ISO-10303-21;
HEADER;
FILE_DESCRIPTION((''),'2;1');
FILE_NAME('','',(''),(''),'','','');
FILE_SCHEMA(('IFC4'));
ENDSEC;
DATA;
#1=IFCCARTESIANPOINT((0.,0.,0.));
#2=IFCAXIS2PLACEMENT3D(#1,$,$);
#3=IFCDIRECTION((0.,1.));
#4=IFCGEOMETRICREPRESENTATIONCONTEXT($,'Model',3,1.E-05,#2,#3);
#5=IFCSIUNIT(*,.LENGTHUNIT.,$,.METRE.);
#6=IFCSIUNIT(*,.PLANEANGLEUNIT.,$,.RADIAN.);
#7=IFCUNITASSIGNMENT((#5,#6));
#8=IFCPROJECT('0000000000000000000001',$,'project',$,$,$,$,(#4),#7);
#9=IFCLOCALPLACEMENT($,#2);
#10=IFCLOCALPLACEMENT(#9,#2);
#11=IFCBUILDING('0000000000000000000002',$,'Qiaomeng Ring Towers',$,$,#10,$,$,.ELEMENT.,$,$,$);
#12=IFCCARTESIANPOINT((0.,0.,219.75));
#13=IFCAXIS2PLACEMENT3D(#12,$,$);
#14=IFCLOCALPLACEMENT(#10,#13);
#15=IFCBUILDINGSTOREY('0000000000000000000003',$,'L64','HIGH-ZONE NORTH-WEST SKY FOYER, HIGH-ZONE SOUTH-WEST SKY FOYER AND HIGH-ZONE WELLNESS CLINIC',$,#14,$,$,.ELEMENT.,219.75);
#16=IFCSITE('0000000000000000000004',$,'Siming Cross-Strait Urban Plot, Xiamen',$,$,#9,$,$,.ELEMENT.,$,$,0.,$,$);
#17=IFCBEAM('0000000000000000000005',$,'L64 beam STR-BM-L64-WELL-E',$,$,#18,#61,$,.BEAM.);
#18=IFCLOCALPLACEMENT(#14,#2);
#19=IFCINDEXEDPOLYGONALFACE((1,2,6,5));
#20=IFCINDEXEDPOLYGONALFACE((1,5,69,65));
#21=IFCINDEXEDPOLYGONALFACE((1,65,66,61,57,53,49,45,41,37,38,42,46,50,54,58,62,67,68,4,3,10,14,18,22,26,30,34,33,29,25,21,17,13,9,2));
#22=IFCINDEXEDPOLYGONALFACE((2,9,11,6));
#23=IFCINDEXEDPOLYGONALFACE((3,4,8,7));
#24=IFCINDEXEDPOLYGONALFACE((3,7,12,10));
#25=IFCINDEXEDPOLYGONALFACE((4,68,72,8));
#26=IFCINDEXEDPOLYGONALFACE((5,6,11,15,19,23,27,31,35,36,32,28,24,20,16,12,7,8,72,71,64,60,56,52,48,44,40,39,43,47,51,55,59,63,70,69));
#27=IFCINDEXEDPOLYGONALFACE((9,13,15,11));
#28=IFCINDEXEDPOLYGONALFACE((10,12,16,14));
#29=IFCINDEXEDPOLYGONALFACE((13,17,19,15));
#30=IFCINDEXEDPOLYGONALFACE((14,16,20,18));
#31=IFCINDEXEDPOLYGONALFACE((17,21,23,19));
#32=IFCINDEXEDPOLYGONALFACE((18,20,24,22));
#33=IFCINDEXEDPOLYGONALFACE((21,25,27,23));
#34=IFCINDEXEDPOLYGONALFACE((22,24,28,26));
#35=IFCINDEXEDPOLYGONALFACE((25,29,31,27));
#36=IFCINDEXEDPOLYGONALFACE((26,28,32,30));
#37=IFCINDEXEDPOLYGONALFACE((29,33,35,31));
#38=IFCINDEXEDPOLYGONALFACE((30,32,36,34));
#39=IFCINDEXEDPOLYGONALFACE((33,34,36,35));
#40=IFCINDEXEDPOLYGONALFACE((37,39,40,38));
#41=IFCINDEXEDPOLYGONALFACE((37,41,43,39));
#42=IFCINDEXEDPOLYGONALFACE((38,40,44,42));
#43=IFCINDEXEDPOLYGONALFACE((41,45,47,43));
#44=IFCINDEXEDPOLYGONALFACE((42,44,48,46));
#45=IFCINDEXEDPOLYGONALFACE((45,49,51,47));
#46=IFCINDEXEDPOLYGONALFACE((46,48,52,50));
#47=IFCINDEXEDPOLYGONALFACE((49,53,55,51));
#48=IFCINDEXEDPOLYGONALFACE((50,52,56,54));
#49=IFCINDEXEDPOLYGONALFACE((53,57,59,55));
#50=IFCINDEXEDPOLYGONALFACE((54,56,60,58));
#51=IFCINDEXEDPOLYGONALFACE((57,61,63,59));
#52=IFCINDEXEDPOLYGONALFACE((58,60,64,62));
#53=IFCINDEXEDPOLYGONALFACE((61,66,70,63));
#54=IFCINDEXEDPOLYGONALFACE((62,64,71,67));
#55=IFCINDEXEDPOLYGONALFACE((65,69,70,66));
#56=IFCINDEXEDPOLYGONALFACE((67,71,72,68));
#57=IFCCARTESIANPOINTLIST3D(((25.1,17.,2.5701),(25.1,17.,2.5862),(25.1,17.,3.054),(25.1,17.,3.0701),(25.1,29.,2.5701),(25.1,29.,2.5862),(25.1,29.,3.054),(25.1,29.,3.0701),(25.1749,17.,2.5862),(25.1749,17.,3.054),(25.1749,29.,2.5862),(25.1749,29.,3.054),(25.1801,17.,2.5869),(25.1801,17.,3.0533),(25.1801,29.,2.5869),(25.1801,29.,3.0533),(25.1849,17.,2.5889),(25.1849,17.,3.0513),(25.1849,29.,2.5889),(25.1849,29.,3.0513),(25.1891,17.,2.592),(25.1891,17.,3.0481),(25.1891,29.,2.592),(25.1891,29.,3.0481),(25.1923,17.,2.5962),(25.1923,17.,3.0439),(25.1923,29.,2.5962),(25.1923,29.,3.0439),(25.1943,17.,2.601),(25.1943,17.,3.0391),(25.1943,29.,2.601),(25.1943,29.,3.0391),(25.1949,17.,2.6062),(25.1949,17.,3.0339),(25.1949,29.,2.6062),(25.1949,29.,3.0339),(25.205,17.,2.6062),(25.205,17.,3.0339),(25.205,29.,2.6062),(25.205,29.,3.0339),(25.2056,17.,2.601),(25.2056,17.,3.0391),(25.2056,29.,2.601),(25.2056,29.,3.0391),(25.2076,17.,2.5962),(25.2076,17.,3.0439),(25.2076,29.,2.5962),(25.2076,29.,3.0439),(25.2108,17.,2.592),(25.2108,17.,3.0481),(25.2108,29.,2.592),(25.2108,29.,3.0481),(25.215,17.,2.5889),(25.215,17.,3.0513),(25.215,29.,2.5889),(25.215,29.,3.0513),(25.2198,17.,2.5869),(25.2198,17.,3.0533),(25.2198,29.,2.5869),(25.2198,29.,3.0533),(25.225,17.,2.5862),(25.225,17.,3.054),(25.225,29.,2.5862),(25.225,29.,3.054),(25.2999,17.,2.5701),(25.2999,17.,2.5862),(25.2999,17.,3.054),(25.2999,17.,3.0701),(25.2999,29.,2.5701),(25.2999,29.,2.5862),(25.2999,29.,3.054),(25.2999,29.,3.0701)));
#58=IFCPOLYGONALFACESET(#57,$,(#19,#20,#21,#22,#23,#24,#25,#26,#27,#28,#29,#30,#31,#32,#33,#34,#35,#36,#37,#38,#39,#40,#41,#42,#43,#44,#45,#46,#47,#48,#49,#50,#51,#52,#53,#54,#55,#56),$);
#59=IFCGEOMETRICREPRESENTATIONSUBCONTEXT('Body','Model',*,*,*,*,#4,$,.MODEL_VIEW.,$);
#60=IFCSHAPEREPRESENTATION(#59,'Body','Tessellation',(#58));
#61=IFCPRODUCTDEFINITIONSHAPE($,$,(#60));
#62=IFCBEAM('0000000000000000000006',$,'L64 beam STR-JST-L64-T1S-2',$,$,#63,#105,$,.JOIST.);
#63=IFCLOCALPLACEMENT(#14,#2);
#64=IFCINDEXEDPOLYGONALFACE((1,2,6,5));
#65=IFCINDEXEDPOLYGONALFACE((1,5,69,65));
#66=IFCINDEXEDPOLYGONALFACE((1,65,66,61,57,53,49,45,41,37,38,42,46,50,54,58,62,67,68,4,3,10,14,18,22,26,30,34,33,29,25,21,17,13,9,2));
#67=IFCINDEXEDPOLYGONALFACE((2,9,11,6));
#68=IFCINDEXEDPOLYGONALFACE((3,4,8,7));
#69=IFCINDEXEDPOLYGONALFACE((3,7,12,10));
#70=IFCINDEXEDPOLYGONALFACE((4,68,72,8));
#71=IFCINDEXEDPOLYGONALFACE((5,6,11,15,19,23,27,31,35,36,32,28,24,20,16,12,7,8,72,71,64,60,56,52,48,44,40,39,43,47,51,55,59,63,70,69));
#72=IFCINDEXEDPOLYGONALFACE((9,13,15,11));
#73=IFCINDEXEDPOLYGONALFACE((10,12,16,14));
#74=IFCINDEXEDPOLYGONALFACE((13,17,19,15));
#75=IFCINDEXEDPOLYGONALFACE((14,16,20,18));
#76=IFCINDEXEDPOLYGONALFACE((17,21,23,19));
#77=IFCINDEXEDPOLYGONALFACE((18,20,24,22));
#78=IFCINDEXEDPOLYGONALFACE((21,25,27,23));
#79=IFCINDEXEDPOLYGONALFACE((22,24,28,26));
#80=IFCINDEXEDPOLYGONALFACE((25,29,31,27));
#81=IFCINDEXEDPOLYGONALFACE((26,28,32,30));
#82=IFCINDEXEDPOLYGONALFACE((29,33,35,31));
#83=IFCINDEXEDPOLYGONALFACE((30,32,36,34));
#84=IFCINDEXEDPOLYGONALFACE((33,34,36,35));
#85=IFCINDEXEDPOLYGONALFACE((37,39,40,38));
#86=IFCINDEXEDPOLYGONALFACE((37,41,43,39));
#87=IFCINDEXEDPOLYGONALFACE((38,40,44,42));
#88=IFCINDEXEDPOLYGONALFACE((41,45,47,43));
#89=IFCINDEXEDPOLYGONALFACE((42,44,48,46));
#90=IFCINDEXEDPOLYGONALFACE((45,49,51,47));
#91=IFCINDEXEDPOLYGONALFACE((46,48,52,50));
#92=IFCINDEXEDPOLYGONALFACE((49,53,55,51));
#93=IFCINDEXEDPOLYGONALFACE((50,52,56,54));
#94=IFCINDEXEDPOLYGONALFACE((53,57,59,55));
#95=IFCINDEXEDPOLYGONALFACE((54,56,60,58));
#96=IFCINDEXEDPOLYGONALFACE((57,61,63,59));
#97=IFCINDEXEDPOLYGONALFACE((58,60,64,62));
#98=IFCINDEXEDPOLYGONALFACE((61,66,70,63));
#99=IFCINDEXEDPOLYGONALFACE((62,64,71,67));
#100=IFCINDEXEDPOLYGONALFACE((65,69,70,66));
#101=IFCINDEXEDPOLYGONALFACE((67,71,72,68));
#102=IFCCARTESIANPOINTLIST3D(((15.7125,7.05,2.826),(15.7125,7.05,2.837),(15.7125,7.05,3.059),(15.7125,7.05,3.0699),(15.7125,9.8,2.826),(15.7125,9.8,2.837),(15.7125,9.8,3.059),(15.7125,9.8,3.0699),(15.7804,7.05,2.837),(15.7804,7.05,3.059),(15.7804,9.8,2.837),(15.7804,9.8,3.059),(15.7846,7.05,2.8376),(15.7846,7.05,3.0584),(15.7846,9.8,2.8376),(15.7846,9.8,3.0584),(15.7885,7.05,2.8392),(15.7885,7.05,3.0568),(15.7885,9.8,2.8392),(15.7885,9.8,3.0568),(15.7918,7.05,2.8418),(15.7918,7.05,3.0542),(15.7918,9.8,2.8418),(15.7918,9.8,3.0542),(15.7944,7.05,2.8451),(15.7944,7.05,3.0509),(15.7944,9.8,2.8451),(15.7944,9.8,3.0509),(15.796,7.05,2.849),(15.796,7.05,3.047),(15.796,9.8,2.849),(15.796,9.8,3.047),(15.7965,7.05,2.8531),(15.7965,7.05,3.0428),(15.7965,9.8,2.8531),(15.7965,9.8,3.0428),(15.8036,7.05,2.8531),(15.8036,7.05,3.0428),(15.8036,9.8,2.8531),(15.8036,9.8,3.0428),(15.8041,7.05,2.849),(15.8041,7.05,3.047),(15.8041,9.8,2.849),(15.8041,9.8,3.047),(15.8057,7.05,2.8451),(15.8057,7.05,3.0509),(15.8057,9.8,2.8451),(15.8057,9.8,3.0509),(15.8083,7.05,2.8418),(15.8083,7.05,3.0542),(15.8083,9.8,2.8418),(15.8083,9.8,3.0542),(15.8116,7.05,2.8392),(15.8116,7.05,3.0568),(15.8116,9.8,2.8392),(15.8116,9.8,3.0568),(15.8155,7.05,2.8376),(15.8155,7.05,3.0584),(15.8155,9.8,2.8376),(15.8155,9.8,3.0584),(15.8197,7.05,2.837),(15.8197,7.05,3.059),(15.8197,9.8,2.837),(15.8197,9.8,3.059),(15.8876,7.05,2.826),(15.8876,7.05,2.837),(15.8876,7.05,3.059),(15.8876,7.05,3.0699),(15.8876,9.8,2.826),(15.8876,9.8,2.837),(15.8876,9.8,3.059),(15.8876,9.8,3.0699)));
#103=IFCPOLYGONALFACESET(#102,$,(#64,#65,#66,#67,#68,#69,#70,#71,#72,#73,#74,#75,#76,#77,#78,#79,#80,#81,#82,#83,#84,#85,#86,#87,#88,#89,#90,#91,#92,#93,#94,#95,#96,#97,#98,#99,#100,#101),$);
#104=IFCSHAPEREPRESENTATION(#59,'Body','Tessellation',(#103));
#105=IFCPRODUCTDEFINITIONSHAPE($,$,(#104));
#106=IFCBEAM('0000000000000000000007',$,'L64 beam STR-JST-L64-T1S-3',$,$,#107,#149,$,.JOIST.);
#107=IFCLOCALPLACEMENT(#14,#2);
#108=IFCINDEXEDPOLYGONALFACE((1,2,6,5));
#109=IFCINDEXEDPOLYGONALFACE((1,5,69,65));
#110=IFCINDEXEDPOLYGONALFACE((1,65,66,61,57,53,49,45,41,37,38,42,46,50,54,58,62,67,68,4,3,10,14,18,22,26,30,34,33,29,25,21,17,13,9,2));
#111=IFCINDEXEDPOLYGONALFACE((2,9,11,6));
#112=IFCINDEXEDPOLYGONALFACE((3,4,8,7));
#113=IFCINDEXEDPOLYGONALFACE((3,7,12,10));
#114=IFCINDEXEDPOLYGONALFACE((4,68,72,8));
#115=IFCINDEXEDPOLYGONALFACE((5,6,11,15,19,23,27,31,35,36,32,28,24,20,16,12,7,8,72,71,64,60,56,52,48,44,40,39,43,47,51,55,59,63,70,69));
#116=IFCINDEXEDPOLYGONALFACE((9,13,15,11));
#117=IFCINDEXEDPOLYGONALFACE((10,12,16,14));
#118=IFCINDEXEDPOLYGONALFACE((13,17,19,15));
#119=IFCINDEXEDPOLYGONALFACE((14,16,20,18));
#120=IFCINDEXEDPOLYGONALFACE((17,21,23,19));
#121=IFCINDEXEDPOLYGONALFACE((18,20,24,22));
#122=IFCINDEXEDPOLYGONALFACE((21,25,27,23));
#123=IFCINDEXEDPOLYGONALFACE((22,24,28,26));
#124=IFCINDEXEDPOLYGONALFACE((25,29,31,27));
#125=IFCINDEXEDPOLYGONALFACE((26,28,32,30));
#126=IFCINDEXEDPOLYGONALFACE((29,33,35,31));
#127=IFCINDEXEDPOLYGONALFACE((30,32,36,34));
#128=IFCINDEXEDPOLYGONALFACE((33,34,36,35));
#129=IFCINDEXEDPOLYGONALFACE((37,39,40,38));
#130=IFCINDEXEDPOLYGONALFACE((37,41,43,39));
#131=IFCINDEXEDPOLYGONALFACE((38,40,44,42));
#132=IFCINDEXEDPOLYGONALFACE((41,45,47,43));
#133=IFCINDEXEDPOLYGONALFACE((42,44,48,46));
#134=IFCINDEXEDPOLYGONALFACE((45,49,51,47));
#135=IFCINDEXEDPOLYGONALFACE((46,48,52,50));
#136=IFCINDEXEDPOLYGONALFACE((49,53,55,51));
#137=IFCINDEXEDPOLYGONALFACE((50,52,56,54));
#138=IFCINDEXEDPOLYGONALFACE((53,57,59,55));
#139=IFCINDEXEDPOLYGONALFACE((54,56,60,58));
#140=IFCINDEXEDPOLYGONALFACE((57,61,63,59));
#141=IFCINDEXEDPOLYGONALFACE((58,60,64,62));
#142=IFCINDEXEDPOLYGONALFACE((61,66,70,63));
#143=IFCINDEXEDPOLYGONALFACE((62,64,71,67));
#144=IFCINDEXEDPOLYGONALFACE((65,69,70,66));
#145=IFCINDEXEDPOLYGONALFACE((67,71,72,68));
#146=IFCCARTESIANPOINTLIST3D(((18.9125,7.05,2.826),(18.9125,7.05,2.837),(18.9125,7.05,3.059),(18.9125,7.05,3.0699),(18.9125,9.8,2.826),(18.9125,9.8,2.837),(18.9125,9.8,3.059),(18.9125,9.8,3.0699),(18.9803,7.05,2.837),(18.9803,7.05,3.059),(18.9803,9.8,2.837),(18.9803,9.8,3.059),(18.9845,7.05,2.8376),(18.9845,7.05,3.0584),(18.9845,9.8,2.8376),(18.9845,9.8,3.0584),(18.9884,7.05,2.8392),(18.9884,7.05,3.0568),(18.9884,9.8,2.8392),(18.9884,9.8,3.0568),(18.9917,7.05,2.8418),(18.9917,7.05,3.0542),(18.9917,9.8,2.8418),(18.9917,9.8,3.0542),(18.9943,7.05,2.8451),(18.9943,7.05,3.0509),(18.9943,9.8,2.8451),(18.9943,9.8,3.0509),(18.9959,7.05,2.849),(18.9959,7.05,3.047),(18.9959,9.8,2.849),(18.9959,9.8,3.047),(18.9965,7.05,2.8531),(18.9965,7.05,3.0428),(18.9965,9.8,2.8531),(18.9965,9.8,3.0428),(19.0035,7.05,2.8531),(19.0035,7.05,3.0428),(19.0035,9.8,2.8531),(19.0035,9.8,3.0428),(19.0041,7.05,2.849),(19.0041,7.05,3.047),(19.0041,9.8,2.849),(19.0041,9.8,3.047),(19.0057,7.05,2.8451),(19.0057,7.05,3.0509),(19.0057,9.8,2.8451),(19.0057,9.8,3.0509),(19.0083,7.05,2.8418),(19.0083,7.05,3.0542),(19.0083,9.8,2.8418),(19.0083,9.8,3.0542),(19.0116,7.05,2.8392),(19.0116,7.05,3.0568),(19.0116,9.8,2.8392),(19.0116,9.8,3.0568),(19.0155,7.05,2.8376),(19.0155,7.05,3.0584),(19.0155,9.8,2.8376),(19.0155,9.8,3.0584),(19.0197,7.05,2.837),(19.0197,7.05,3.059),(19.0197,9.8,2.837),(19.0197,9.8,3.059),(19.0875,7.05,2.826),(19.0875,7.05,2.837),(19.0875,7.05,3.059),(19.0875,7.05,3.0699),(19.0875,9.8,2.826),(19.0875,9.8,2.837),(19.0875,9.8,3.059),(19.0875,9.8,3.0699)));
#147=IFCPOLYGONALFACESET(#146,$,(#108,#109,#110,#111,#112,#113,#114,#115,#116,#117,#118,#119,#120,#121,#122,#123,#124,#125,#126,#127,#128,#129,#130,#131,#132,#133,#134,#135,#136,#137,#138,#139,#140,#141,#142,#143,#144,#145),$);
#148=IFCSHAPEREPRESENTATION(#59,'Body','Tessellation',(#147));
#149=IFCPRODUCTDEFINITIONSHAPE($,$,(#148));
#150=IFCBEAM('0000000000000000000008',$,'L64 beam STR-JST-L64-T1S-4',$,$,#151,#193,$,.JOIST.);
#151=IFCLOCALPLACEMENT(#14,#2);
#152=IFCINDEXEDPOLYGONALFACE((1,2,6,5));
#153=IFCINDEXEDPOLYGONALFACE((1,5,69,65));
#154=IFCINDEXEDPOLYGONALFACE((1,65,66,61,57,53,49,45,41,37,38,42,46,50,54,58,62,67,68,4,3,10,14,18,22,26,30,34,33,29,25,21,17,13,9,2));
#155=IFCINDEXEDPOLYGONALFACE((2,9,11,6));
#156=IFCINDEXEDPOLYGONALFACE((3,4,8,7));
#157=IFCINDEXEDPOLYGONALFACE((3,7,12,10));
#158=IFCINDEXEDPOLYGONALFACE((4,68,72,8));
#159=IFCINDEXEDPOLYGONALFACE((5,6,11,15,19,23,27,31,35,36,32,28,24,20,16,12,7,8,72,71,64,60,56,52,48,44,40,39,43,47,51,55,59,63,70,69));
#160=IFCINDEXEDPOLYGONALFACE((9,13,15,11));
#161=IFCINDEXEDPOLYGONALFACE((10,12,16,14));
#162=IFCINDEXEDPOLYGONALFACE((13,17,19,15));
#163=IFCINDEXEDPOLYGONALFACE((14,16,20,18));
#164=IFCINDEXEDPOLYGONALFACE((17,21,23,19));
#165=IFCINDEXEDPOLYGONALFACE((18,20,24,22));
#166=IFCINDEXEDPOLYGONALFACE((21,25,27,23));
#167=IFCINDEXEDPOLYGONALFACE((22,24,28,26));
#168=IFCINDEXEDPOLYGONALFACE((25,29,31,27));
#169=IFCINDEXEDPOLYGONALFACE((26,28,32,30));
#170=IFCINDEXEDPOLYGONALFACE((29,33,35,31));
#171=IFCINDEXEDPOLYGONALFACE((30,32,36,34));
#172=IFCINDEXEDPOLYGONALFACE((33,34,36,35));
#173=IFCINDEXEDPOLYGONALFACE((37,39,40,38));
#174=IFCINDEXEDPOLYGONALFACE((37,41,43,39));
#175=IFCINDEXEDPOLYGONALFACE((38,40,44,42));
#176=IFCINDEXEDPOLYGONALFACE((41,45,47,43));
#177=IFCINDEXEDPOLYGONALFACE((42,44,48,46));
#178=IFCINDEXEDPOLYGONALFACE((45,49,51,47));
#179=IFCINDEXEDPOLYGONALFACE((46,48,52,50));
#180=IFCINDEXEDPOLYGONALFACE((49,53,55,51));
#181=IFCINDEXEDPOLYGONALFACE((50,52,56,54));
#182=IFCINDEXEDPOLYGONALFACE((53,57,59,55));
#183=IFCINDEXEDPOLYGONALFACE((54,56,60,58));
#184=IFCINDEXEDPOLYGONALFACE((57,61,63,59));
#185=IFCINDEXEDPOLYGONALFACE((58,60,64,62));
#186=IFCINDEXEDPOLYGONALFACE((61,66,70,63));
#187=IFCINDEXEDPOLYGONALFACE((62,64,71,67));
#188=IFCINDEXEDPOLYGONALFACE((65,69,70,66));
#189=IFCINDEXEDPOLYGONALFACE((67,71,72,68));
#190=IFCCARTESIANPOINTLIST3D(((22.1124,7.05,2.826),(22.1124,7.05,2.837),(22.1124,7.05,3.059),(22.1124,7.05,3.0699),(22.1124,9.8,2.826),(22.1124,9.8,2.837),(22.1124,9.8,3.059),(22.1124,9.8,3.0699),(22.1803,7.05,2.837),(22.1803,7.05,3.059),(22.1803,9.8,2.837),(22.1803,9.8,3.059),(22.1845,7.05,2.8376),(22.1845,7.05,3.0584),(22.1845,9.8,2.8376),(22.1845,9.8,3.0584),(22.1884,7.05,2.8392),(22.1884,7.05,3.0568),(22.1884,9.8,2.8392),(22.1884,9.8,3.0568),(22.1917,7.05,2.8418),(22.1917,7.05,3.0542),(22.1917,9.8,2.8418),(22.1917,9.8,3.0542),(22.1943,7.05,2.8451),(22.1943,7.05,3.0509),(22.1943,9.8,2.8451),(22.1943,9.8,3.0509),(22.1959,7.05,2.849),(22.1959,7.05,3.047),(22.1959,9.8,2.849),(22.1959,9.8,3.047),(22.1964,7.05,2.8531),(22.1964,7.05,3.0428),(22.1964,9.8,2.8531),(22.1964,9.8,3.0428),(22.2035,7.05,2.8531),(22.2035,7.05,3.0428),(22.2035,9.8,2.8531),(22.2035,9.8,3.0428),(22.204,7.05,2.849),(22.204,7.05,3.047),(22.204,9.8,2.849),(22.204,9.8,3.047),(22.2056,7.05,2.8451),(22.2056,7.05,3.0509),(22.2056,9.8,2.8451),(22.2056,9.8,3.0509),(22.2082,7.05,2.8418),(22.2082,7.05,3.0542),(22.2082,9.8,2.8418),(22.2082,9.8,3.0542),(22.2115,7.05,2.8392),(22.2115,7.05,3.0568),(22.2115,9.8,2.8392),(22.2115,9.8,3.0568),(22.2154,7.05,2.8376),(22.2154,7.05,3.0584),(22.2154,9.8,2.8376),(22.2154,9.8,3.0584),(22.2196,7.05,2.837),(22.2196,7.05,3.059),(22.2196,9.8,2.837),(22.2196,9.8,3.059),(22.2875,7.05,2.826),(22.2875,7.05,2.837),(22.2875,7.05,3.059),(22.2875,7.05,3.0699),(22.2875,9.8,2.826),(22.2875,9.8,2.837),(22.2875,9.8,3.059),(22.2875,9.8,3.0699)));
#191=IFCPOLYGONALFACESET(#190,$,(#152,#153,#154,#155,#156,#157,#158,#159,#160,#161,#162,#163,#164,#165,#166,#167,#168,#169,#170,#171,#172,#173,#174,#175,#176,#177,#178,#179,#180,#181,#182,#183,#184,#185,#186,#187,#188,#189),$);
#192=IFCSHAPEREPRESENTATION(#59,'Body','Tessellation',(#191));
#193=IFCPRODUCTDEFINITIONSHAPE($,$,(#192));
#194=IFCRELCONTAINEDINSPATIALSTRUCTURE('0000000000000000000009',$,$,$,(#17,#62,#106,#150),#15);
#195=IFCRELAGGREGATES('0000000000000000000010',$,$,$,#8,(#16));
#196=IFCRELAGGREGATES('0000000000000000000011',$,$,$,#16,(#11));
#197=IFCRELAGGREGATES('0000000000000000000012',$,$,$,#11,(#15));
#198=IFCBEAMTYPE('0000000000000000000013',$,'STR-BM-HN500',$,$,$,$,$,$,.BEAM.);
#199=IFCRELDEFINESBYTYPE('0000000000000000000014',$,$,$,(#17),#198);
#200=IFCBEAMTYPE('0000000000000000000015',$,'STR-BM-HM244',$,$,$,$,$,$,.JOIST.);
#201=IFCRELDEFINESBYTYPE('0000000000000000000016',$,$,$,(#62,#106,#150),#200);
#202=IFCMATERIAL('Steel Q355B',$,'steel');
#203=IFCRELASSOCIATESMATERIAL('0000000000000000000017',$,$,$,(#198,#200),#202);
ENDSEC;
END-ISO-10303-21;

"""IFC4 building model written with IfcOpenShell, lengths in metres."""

from ifc_helpers import new_model, si_unit, direction, frame, origin, origin_2d, place, context, subcontext, project, spatial, i_section, extrude, source, transform, mapped, material, material_profile, profile_set, type_object, element, save


model = new_model("IFC4")

# Units and contexts
model_context = context("Model", 3, precision=1e-05, world=origin(), true_north=direction((0.0, 1.0)))
body_context = subcontext(model_context, "Body", "Model", "MODEL_VIEW")
ifc_project = project(units=[si_unit("LENGTHUNIT", "METRE"), si_unit("PLANEANGLEUNIT", "RADIAN")], contexts=[model_context])

# Site, building, storey
site_placement = place(None, origin())
site = spatial("IfcSite", under=ifc_project, at=site_placement, Name="Siming Cross-Strait Urban Plot, Xiamen", CompositionType="ELEMENT", RefElevation=0.0)
building_placement = place(site_placement, origin())
building = spatial("IfcBuilding", under=site, at=building_placement, Name="Qiaomeng Ring Towers", CompositionType="ELEMENT")
storey_placement = place(building_placement, frame((0.0, 0.0, 219.75)))
storey = spatial("IfcBuildingStorey", under=building, at=storey_placement, Name="L64", Description="HIGH-ZONE NORTH-WEST SKY FOYER, HIGH-ZONE SOUTH-WEST SKY FOYER AND HIGH-ZONE WELLNESS CLINIC", CompositionType="ELEMENT", Elevation=219.75)

# Beams
ifc_material_1 = material(Name="Steel Q355B", Category="steel")
ifc_material_profile_1 = material_profile(ifc_material_1, i_section(OverallWidth=0.2, OverallDepth=0.5, WebThickness=0.01, FlangeThickness=0.0161, FilletRadius=0.02, at=origin_2d()), Name="HN 500x200x10x16")
ifc_profile_set_1 = profile_set([ifc_material_profile_1], Name="Steel Q355B")
beam_type_1 = type_object("IfcBeamType", Name="STR-BM-HN500", PredefinedType="BEAM", material=ifc_profile_set_1)
shared_shape_1 = source(origin(), body_context, "Body", "SweptSolid", [
    extrude(i_section(OverallWidth=0.2, OverallDepth=0.5, WebThickness=0.01, FlangeThickness=0.0161, FilletRadius=0.02, at=origin_2d()), origin(), (0.0, 0.0, 1.0), 12.0),
])
beam_1_placement = place(storey_placement, frame((25.2, 17.0, 2.8201), z_axis=(0.0, 1.0, 0.0), x_axis=(-1.0, 0.0, 0.0)))
element("IfcBeam", 1, at=beam_1_placement, inside=storey, type_object=beam_type_1, Name="L64 beam STR-BM-L64-WELL-E", PredefinedType="BEAM", context=body_context, shape_type="MappedRepresentation", body=[
    mapped(shared_shape_1, transform((0.0, 0.0, 0.0), x_axis=(1.0, 0.0, 0.0), y_axis=(0.0, 1.0, 0.0), z_axis=(0.0, 0.0, 1.0), scale=1.0)),
])
ifc_material_profile_2 = material_profile(ifc_material_1, i_section(OverallWidth=0.175, OverallDepth=0.2439, WebThickness=0.0071, FlangeThickness=0.011, FilletRadius=0.0161, at=origin_2d()), Name="HM 244x175x7x11")
ifc_profile_set_2 = profile_set([ifc_material_profile_2], Name="Steel Q355B")
beam_type_2 = type_object("IfcBeamType", Name="STR-BM-HM244", PredefinedType="JOIST", material=ifc_profile_set_2)
shared_shape_2 = source(origin(), body_context, "Body", "SweptSolid", [
    extrude(i_section(OverallWidth=0.175, OverallDepth=0.2439, WebThickness=0.0071, FlangeThickness=0.011, FilletRadius=0.0161, at=origin_2d()), origin(), (0.0, 0.0, 1.0), 2.75),
])
for number, where, z_axis, x_axis, name in (
    (2, (15.8, 7.05, 2.948), (0.0, 1.0, 0.0), (-1.0, 0.0, 0.0), "L64 beam STR-JST-L64-T1S-2"),
    (3, (19.0, 7.05, 2.948), (0.0, 1.0, 0.0), (-1.0, 0.0, 0.0), "L64 beam STR-JST-L64-T1S-3"),
    (4, (22.2, 7.05, 2.948), (0.0, 1.0, 0.0), (-1.0, 0.0, 0.0), "L64 beam STR-JST-L64-T1S-4"),
):
    element("IfcBeam", number, at=place(storey_placement, frame(where, z_axis=z_axis, x_axis=x_axis)), inside=storey, type_object=beam_type_2, Name=name, PredefinedType="JOIST", context=body_context, shape_type="MappedRepresentation", body=[
        mapped(shared_shape_2, transform((0.0, 0.0, 0.0), x_axis=(1.0, 0.0, 0.0), y_axis=(0.0, 1.0, 0.0), z_axis=(0.0, 0.0, 1.0), scale=1.0)),
    ])

save(model, "model.ifc")
